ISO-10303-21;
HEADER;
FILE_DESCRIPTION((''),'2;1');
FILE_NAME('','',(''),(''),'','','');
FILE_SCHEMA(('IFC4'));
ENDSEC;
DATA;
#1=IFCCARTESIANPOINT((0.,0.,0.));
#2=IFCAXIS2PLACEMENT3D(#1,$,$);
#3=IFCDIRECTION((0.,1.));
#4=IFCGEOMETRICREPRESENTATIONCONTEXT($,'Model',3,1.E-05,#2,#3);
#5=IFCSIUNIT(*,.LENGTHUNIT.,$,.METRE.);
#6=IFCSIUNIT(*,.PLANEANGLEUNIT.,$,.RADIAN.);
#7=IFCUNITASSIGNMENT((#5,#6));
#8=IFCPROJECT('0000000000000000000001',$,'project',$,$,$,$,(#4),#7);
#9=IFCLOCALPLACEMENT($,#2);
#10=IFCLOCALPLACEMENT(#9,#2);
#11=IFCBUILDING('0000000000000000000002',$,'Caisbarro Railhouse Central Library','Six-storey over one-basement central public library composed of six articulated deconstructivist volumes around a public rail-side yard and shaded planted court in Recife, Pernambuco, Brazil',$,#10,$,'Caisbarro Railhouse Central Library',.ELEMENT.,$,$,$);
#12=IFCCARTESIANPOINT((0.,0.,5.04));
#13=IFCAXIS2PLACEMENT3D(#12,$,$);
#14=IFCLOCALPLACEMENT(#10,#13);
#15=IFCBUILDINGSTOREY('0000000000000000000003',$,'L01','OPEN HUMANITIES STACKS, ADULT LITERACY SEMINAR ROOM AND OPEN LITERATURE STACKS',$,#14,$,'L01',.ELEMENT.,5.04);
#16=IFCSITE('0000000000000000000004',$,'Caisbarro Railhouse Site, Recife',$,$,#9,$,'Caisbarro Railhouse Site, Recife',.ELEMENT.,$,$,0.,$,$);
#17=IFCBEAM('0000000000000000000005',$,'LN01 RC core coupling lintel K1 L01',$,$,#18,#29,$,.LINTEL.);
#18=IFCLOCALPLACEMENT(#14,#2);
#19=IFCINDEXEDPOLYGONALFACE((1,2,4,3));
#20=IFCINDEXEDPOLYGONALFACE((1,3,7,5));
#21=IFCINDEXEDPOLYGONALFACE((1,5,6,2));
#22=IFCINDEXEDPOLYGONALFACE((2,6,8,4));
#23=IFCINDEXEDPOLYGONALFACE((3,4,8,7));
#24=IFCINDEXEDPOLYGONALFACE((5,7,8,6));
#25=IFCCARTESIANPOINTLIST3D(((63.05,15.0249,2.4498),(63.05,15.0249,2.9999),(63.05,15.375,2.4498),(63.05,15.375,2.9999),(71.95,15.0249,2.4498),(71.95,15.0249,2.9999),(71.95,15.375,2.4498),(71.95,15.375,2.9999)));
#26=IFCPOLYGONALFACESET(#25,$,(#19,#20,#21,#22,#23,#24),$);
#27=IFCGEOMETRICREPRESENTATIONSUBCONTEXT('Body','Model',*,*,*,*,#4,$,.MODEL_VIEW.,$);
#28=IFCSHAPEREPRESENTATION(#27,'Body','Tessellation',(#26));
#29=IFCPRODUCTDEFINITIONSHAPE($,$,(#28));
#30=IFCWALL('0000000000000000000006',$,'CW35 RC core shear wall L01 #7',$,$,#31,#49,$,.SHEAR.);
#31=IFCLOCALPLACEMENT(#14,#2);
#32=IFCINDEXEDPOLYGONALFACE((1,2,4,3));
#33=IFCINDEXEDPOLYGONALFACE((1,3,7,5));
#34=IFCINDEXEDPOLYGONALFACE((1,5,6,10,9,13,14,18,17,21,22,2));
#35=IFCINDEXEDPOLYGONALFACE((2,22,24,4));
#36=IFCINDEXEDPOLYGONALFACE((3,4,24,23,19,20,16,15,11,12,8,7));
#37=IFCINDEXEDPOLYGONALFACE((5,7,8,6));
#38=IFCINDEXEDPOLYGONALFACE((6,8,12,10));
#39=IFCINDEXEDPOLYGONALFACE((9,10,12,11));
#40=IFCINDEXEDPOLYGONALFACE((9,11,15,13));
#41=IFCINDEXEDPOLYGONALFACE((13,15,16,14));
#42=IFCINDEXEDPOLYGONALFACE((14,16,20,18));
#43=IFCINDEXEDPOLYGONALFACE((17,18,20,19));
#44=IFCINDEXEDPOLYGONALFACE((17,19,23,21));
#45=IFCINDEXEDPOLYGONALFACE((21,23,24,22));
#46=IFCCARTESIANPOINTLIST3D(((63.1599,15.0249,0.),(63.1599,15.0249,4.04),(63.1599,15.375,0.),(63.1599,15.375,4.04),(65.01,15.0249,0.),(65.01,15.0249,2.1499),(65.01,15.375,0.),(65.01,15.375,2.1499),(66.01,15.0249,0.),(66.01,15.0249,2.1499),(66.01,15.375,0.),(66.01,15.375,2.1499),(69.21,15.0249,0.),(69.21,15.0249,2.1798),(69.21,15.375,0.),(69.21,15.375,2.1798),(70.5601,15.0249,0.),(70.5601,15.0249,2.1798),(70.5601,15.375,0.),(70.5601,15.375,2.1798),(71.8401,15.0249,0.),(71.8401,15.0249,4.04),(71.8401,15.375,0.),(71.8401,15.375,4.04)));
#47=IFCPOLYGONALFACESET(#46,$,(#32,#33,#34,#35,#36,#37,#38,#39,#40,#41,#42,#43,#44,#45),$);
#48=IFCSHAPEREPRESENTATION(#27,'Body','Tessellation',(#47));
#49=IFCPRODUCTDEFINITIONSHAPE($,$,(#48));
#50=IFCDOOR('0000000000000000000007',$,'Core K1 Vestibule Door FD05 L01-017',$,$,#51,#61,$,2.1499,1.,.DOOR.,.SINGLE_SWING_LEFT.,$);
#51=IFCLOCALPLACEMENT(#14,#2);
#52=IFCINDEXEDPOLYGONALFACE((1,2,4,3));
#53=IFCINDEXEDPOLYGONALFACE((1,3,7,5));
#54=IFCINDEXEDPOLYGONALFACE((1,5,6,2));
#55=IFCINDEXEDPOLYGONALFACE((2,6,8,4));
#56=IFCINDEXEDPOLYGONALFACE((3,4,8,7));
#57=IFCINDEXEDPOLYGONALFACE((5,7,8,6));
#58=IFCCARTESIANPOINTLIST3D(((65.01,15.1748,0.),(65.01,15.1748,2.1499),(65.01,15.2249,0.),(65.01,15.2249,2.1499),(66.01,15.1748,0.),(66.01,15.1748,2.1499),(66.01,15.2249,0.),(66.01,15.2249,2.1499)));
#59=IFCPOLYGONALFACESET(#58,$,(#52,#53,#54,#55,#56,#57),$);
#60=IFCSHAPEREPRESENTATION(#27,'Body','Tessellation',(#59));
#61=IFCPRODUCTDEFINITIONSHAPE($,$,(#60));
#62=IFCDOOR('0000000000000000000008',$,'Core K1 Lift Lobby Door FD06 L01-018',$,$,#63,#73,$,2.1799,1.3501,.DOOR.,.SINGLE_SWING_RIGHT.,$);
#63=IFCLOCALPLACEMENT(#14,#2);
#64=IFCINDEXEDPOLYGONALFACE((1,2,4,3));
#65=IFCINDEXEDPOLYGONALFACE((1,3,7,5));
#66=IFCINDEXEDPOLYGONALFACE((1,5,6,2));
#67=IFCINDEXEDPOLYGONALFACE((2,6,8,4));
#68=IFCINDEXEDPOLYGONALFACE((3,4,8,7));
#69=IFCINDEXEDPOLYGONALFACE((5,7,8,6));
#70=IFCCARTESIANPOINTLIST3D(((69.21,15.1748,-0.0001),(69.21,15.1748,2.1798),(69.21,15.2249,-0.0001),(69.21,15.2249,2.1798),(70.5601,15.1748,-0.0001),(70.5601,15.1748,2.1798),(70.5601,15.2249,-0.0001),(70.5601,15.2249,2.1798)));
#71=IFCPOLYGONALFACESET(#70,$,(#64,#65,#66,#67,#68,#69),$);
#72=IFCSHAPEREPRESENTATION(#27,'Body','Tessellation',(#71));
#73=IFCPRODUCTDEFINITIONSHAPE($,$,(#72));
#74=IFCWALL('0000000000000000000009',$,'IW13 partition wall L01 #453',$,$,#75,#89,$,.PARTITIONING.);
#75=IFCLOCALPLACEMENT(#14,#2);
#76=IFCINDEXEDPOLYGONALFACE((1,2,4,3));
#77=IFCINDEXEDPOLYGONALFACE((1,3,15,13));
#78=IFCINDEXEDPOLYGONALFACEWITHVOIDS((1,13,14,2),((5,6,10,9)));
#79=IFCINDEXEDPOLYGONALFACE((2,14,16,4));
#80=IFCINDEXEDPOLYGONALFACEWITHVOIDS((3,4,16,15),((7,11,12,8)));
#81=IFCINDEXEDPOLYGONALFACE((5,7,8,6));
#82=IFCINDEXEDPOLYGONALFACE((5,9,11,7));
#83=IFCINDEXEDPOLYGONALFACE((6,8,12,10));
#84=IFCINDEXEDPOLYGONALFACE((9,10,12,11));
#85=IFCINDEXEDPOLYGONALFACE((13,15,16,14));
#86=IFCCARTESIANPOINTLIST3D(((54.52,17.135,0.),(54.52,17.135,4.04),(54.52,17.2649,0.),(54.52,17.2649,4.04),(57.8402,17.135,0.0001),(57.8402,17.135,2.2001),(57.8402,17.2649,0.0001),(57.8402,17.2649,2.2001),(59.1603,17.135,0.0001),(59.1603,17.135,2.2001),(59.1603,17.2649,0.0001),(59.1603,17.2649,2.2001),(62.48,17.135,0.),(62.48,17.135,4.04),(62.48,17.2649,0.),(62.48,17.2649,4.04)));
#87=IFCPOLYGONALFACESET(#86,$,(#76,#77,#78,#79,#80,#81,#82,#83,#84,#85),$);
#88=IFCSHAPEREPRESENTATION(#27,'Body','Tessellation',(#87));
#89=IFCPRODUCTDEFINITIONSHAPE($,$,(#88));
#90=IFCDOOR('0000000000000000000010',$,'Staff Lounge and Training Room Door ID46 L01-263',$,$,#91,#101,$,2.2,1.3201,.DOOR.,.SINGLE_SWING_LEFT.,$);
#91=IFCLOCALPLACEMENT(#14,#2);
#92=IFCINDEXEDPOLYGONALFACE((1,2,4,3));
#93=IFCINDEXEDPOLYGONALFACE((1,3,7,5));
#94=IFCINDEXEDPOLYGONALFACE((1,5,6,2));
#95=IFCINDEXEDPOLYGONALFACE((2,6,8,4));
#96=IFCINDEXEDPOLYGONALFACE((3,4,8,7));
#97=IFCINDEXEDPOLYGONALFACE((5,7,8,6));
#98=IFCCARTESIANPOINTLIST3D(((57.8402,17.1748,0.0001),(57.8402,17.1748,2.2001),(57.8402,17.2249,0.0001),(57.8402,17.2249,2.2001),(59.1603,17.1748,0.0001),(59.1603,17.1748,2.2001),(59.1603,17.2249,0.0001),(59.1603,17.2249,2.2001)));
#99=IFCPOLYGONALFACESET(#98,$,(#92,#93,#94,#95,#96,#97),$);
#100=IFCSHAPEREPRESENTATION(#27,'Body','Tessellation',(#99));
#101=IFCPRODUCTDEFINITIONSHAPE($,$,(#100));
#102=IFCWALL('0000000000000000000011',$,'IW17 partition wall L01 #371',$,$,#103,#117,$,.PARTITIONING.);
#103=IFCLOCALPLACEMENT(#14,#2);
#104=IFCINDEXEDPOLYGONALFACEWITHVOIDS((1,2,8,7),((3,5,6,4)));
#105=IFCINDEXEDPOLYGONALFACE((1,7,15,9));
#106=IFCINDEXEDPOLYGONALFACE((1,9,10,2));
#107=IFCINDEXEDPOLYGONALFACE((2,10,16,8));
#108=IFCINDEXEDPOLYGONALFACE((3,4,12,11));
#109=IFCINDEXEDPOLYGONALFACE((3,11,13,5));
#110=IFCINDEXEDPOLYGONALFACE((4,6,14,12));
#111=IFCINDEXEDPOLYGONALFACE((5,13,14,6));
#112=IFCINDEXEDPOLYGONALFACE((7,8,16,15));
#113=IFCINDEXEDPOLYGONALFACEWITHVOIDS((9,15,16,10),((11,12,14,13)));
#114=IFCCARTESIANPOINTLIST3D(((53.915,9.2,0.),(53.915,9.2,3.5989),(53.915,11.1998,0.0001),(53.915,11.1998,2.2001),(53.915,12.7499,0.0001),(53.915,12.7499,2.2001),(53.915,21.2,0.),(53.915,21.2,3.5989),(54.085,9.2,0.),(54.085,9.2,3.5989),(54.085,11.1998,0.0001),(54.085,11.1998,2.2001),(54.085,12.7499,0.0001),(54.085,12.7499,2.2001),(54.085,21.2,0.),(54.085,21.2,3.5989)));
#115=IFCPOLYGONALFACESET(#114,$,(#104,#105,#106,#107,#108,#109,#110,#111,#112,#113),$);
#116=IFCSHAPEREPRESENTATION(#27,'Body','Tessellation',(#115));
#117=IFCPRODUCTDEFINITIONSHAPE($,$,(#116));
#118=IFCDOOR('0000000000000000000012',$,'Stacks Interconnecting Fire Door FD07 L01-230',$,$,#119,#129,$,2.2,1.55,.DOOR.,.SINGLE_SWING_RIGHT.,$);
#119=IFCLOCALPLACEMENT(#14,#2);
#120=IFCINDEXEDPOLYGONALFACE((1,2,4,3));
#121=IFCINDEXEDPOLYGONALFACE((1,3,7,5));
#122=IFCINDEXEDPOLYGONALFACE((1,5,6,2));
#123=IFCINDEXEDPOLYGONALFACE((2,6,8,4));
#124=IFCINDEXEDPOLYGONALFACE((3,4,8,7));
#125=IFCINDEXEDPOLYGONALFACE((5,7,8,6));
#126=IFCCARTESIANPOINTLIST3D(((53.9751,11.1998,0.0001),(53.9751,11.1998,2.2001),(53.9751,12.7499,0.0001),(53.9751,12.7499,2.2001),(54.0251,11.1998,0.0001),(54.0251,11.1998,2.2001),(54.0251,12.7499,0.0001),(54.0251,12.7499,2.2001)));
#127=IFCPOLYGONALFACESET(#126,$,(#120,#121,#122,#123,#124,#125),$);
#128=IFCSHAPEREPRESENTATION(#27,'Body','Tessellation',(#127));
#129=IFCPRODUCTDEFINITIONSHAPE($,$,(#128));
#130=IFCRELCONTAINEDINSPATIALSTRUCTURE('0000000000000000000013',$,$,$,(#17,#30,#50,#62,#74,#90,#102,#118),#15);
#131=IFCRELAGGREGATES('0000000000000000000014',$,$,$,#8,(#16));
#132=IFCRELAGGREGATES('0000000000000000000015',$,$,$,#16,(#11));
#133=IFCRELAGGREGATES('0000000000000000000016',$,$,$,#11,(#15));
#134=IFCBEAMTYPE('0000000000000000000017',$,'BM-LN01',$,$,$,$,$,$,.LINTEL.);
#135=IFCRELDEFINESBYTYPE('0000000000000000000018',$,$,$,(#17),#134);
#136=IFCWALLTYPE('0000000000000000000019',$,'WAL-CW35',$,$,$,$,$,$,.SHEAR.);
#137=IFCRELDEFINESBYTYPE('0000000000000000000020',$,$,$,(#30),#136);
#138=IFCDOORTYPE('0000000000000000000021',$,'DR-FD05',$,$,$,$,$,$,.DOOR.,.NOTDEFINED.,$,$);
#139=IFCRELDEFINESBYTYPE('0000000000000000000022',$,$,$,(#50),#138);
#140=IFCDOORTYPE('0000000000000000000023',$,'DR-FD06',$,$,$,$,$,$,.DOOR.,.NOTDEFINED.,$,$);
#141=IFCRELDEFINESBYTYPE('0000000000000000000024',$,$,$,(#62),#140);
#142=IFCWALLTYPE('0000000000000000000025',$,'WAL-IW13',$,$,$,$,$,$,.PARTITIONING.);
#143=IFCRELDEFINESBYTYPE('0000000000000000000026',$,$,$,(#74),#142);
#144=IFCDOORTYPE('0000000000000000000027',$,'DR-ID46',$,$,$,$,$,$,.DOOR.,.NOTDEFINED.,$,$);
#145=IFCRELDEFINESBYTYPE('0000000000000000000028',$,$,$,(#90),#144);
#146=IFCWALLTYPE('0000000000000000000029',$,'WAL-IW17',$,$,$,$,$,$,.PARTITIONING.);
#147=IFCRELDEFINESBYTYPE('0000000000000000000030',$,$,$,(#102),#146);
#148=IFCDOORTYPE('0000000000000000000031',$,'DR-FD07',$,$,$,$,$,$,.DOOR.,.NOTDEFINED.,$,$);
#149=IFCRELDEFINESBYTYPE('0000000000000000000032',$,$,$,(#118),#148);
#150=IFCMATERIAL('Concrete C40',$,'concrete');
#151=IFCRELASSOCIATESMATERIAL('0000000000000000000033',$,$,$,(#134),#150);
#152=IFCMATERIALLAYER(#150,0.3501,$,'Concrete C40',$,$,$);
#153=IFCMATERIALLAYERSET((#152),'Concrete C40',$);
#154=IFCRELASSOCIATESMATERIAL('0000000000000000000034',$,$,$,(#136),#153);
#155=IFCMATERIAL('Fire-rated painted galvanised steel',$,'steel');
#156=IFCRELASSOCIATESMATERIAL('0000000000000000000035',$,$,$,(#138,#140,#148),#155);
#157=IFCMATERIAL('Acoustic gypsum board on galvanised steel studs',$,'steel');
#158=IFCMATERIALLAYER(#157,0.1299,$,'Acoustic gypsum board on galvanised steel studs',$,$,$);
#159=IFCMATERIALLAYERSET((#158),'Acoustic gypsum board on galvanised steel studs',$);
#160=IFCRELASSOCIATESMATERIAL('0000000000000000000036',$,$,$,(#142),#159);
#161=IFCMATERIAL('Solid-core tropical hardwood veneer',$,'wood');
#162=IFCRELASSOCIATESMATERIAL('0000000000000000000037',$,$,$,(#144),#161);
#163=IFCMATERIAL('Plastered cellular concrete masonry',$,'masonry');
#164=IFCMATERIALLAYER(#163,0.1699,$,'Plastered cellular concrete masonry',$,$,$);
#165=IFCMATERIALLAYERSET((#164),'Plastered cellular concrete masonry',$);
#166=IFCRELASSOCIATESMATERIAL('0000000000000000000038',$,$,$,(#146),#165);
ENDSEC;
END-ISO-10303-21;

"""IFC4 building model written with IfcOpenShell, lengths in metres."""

from ifc_helpers import new_model, si_unit, direction, frame, frame_2d, origin, origin_2d, place, context, subcontext, project, spatial, rectangle, extrude, material, layer, layer_set, material_profile, profile_set, type_object, element, fill, save


model = new_model("IFC4")

# Units and contexts
model_context = context("Model", 3, precision=1e-05, world=origin(), true_north=direction((0.0, 1.0)))
body_context = subcontext(model_context, "Body", "Model", "MODEL_VIEW")
ifc_project = project(units=[si_unit("LENGTHUNIT", "METRE"), si_unit("PLANEANGLEUNIT", "RADIAN")], contexts=[model_context])

# Site, building, storey
site_placement = place(None, origin())
site = spatial("IfcSite", under=ifc_project, at=site_placement, Name="Caisbarro Railhouse Site, Recife", LongName="Caisbarro Railhouse Site, Recife", CompositionType="ELEMENT", RefElevation=0.0)
building_placement = place(site_placement, origin())
building = spatial("IfcBuilding", under=site, at=building_placement, Name="Caisbarro Railhouse Central Library", Description="Six-storey over one-basement central public library composed of six articulated deconstructivist volumes around a public rail-side yard and shaded planted court in Recife, Pernambuco, Brazil", LongName="Caisbarro Railhouse Central Library", CompositionType="ELEMENT")
storey_placement = place(building_placement, frame((0.0, 0.0, 5.04)))
storey = spatial("IfcBuildingStorey", under=building, at=storey_placement, Name="L01", Description="OPEN HUMANITIES STACKS, ADULT LITERACY SEMINAR ROOM AND OPEN LITERATURE STACKS", LongName="L01", CompositionType="ELEMENT", Elevation=5.04)

# Beam
ifc_material_1 = material(Name="Concrete C40", Category="concrete")
ifc_material_profile_1 = material_profile(ifc_material_1, rectangle(XDim=0.3501, YDim=0.55, at=origin_2d()), Name="RC-LIN-350X550")
ifc_profile_set_1 = profile_set([ifc_material_profile_1], Name="Concrete C40")
beam_type_1 = type_object("IfcBeamType", Name="BM-LN01", PredefinedType="LINTEL", material=ifc_profile_set_1)
beam_1_placement = place(storey_placement, frame((63.05, 15.2, 2.7249), z_axis=(1.0, 0.0, 0.0), x_axis=(0.0, 1.0, 0.0)))
element("IfcBeam", 1, at=beam_1_placement, inside=storey, type_object=beam_type_1, Name="LN01 RC core coupling lintel K1 L01", PredefinedType="LINTEL", context=body_context, shape_type="SweptSolid", body=[
    extrude(rectangle(XDim=0.3501, YDim=0.55, at=origin_2d()), origin(), (0.0, 0.0, 1.0), 8.8999),
])

# Wall, openings, doors
ifc_layer_1 = layer(ifc_material_1, 0.3501, Name="Concrete C40")
ifc_layer_set_1 = layer_set([ifc_layer_1], Name="Concrete C40")
wall_type_1 = type_object("IfcWallType", Name="WAL-CW35", PredefinedType="SHEAR", material=ifc_layer_set_1)
wall_1_placement = place(storey_placement, frame((63.1599, 15.2, 0.0), z_axis=(0.0, 0.0, 1.0), x_axis=(1.0, 0.0, 0.0)))
wall_1 = element("IfcWall", 2, at=wall_1_placement, inside=storey, type_object=wall_type_1, Name="CW35 RC core shear wall L01 #7", PredefinedType="SHEAR", context=body_context, shape_type="SweptSolid", body=[
    extrude(rectangle(XDim=8.6802, YDim=0.3501, at=frame_2d((4.3401, 0.0))), origin(), (0.0, 0.0, 1.0), 4.04),
])
opening_1_placement = place(wall_1_placement, frame((1.8501, 0.0, 0.0)))
opening_1 = element("IfcOpeningElement", 3, at=opening_1_placement, cuts=wall_1, PredefinedType="OPENING", context=body_context, shape_type="SweptSolid", body=[
    extrude(rectangle(XDim=1.0, YDim=2.1499, at=frame_2d((0.5, 1.075))), frame((0.0, 0.1851, 0.0), z_axis=(0.0, -1.0, 0.0), x_axis=(1.0, 0.0, 0.0)), (0.0, 0.0, 1.0), 0.3701),
])
opening_2_placement = place(wall_1_placement, frame((6.05, 0.0, 0.0)))
opening_2 = element("IfcOpeningElement", 4, at=opening_2_placement, cuts=wall_1, PredefinedType="OPENING", context=body_context, shape_type="SweptSolid", body=[
    extrude(rectangle(XDim=1.3501, YDim=2.1799, at=frame_2d((0.675, 1.0898))), frame((0.0, 0.1851, 0.0), z_axis=(0.0, -1.0, 0.0), x_axis=(1.0, 0.0, 0.0)), (0.0, 0.0, 1.0), 0.3701),
])
ifc_material_2 = material(Name="Fire-rated painted galvanised steel", Category="steel")
door_type_1 = type_object("IfcDoorType", Name="DR-FD05", OperationType="NOTDEFINED", PredefinedType="DOOR", material=ifc_material_2)
door_1_placement = place(opening_1_placement, origin())
door_1 = element("IfcDoor", 5, at=door_1_placement, inside=storey, type_object=door_type_1, Name="Core K1 Vestibule Door FD05 L01-017", OperationType="SINGLE_SWING_LEFT", OverallHeight=2.1499, OverallWidth=1.0, PredefinedType="DOOR", context=body_context, shape_type="SweptSolid", body=[
    extrude(rectangle(XDim=1.0, YDim=2.1499, at=frame_2d((0.5, 1.075))), frame((0.0, 0.0249, 0.0), z_axis=(0.0, -1.0, 0.0), x_axis=(1.0, 0.0, 0.0)), (0.0, 0.0, 1.0), 0.05),
])
fill(opening_1, door_1)
door_type_2 = type_object("IfcDoorType", Name="DR-FD06", OperationType="NOTDEFINED", PredefinedType="DOOR", material=ifc_material_2)
door_2_placement = place(opening_2_placement, origin())
door_2 = element("IfcDoor", 6, at=door_2_placement, inside=storey, type_object=door_type_2, Name="Core K1 Lift Lobby Door FD06 L01-018", OperationType="SINGLE_SWING_RIGHT", OverallHeight=2.1799, OverallWidth=1.3501, PredefinedType="DOOR", context=body_context, shape_type="SweptSolid", body=[
    extrude(rectangle(XDim=1.3501, YDim=2.1799, at=frame_2d((0.675, 1.0898))), frame((0.0, 0.0249, 0.0), z_axis=(0.0, -1.0, 0.0), x_axis=(1.0, 0.0, 0.0)), (0.0, 0.0, 1.0), 0.05),
])
fill(opening_2, door_2)

# Walls, openings, doors
ifc_material_3 = material(Name="Acoustic gypsum board on galvanised steel studs", Category="steel")
ifc_layer_2 = layer(ifc_material_3, 0.1299, Name="Acoustic gypsum board on galvanised steel studs")
ifc_layer_set_2 = layer_set([ifc_layer_2], Name="Acoustic gypsum board on galvanised steel studs")
wall_type_2 = type_object("IfcWallType", Name="WAL-IW13", PredefinedType="PARTITIONING", material=ifc_layer_set_2)
wall_2_placement = place(storey_placement, frame((54.52, 17.2, 0.0), z_axis=(0.0, 0.0, 1.0), x_axis=(1.0, 0.0, 0.0)))
wall_2 = element("IfcWall", 7, at=wall_2_placement, inside=storey, type_object=wall_type_2, Name="IW13 partition wall L01 #453", PredefinedType="PARTITIONING", context=body_context, shape_type="SweptSolid", body=[
    extrude(rectangle(XDim=7.96, YDim=0.1299, at=frame_2d((3.98, 0.0))), origin(), (0.0, 0.0, 1.0), 4.04),
])
opening_3_placement = place(wall_2_placement, frame((3.3201, 0.0, 0.0)))
opening_3 = element("IfcOpeningElement", 8, at=opening_3_placement, cuts=wall_2, PredefinedType="OPENING", context=body_context, shape_type="SweptSolid", body=[
    extrude(rectangle(XDim=1.3201, YDim=2.2, at=frame_2d((0.6602, 1.1001))), frame((0.0, 0.075, 0.0), z_axis=(0.0, -1.0, 0.0), x_axis=(1.0, 0.0, 0.0)), (0.0, 0.0, 1.0), 0.1499),
])
ifc_material_4 = material(Name="Solid-core tropical hardwood veneer", Category="wood")
door_type_3 = type_object("IfcDoorType", Name="DR-ID46", OperationType="NOTDEFINED", PredefinedType="DOOR", material=ifc_material_4)
door_3_placement = place(opening_3_placement, origin())
door_3 = element("IfcDoor", 9, at=door_3_placement, inside=storey, type_object=door_type_3, Name="Staff Lounge and Training Room Door ID46 L01-263", OperationType="SINGLE_SWING_LEFT", OverallHeight=2.2, OverallWidth=1.3201, PredefinedType="DOOR", context=body_context, shape_type="SweptSolid", body=[
    extrude(rectangle(XDim=1.3201, YDim=2.2, at=frame_2d((0.6602, 1.1001))), frame((0.0, 0.0249, 0.0), z_axis=(0.0, -1.0, 0.0), x_axis=(1.0, 0.0, 0.0)), (0.0, 0.0, 1.0), 0.05),
])
fill(opening_3, door_3)
ifc_material_5 = material(Name="Plastered cellular concrete masonry", Category="masonry")
ifc_layer_3 = layer(ifc_material_5, 0.1699, Name="Plastered cellular concrete masonry")
ifc_layer_set_3 = layer_set([ifc_layer_3], Name="Plastered cellular concrete masonry")
wall_type_3 = type_object("IfcWallType", Name="WAL-IW17", PredefinedType="PARTITIONING", material=ifc_layer_set_3)
wall_3_placement = place(storey_placement, frame((54.0, 9.2, 0.0), z_axis=(0.0, 0.0, 1.0), x_axis=(0.0, 1.0, 0.0)))
wall_3 = element("IfcWall", 10, at=wall_3_placement, inside=storey, type_object=wall_type_3, Name="IW17 partition wall L01 #371", PredefinedType="PARTITIONING", context=body_context, shape_type="SweptSolid", body=[
    extrude(rectangle(XDim=12.0, YDim=0.1699, at=frame_2d((6.0, 0.0))), origin(), (0.0, 0.0, 1.0), 3.5989),
])
opening_4_placement = place(wall_3_placement, frame((2.0, 0.0, 0.0)))
opening_4 = element("IfcOpeningElement", 11, at=opening_4_placement, cuts=wall_3, PredefinedType="OPENING", context=body_context, shape_type="SweptSolid", body=[
    extrude(rectangle(XDim=1.55, YDim=2.2, at=frame_2d((0.7749, 1.1001))), frame((0.0, 0.095, 0.0), z_axis=(0.0, -1.0, 0.0), x_axis=(1.0, 0.0, 0.0)), (0.0, 0.0, 1.0), 0.1899),
])
door_type_4 = type_object("IfcDoorType", Name="DR-FD07", OperationType="NOTDEFINED", PredefinedType="DOOR", material=ifc_material_2)
door_4_placement = place(opening_4_placement, origin())
door_4 = element("IfcDoor", 12, at=door_4_placement, inside=storey, type_object=door_type_4, Name="Stacks Interconnecting Fire Door FD07 L01-230", OperationType="SINGLE_SWING_RIGHT", OverallHeight=2.2, OverallWidth=1.55, PredefinedType="DOOR", context=body_context, shape_type="SweptSolid", body=[
    extrude(rectangle(XDim=1.55, YDim=2.2, at=frame_2d((0.7749, 1.1001))), frame((0.0, 0.0249, 0.0), z_axis=(0.0, -1.0, 0.0), x_axis=(1.0, 0.0, 0.0)), (0.0, 0.0, 1.0), 0.05),
])
fill(opening_4, door_4)

save(model, "model.ifc")
